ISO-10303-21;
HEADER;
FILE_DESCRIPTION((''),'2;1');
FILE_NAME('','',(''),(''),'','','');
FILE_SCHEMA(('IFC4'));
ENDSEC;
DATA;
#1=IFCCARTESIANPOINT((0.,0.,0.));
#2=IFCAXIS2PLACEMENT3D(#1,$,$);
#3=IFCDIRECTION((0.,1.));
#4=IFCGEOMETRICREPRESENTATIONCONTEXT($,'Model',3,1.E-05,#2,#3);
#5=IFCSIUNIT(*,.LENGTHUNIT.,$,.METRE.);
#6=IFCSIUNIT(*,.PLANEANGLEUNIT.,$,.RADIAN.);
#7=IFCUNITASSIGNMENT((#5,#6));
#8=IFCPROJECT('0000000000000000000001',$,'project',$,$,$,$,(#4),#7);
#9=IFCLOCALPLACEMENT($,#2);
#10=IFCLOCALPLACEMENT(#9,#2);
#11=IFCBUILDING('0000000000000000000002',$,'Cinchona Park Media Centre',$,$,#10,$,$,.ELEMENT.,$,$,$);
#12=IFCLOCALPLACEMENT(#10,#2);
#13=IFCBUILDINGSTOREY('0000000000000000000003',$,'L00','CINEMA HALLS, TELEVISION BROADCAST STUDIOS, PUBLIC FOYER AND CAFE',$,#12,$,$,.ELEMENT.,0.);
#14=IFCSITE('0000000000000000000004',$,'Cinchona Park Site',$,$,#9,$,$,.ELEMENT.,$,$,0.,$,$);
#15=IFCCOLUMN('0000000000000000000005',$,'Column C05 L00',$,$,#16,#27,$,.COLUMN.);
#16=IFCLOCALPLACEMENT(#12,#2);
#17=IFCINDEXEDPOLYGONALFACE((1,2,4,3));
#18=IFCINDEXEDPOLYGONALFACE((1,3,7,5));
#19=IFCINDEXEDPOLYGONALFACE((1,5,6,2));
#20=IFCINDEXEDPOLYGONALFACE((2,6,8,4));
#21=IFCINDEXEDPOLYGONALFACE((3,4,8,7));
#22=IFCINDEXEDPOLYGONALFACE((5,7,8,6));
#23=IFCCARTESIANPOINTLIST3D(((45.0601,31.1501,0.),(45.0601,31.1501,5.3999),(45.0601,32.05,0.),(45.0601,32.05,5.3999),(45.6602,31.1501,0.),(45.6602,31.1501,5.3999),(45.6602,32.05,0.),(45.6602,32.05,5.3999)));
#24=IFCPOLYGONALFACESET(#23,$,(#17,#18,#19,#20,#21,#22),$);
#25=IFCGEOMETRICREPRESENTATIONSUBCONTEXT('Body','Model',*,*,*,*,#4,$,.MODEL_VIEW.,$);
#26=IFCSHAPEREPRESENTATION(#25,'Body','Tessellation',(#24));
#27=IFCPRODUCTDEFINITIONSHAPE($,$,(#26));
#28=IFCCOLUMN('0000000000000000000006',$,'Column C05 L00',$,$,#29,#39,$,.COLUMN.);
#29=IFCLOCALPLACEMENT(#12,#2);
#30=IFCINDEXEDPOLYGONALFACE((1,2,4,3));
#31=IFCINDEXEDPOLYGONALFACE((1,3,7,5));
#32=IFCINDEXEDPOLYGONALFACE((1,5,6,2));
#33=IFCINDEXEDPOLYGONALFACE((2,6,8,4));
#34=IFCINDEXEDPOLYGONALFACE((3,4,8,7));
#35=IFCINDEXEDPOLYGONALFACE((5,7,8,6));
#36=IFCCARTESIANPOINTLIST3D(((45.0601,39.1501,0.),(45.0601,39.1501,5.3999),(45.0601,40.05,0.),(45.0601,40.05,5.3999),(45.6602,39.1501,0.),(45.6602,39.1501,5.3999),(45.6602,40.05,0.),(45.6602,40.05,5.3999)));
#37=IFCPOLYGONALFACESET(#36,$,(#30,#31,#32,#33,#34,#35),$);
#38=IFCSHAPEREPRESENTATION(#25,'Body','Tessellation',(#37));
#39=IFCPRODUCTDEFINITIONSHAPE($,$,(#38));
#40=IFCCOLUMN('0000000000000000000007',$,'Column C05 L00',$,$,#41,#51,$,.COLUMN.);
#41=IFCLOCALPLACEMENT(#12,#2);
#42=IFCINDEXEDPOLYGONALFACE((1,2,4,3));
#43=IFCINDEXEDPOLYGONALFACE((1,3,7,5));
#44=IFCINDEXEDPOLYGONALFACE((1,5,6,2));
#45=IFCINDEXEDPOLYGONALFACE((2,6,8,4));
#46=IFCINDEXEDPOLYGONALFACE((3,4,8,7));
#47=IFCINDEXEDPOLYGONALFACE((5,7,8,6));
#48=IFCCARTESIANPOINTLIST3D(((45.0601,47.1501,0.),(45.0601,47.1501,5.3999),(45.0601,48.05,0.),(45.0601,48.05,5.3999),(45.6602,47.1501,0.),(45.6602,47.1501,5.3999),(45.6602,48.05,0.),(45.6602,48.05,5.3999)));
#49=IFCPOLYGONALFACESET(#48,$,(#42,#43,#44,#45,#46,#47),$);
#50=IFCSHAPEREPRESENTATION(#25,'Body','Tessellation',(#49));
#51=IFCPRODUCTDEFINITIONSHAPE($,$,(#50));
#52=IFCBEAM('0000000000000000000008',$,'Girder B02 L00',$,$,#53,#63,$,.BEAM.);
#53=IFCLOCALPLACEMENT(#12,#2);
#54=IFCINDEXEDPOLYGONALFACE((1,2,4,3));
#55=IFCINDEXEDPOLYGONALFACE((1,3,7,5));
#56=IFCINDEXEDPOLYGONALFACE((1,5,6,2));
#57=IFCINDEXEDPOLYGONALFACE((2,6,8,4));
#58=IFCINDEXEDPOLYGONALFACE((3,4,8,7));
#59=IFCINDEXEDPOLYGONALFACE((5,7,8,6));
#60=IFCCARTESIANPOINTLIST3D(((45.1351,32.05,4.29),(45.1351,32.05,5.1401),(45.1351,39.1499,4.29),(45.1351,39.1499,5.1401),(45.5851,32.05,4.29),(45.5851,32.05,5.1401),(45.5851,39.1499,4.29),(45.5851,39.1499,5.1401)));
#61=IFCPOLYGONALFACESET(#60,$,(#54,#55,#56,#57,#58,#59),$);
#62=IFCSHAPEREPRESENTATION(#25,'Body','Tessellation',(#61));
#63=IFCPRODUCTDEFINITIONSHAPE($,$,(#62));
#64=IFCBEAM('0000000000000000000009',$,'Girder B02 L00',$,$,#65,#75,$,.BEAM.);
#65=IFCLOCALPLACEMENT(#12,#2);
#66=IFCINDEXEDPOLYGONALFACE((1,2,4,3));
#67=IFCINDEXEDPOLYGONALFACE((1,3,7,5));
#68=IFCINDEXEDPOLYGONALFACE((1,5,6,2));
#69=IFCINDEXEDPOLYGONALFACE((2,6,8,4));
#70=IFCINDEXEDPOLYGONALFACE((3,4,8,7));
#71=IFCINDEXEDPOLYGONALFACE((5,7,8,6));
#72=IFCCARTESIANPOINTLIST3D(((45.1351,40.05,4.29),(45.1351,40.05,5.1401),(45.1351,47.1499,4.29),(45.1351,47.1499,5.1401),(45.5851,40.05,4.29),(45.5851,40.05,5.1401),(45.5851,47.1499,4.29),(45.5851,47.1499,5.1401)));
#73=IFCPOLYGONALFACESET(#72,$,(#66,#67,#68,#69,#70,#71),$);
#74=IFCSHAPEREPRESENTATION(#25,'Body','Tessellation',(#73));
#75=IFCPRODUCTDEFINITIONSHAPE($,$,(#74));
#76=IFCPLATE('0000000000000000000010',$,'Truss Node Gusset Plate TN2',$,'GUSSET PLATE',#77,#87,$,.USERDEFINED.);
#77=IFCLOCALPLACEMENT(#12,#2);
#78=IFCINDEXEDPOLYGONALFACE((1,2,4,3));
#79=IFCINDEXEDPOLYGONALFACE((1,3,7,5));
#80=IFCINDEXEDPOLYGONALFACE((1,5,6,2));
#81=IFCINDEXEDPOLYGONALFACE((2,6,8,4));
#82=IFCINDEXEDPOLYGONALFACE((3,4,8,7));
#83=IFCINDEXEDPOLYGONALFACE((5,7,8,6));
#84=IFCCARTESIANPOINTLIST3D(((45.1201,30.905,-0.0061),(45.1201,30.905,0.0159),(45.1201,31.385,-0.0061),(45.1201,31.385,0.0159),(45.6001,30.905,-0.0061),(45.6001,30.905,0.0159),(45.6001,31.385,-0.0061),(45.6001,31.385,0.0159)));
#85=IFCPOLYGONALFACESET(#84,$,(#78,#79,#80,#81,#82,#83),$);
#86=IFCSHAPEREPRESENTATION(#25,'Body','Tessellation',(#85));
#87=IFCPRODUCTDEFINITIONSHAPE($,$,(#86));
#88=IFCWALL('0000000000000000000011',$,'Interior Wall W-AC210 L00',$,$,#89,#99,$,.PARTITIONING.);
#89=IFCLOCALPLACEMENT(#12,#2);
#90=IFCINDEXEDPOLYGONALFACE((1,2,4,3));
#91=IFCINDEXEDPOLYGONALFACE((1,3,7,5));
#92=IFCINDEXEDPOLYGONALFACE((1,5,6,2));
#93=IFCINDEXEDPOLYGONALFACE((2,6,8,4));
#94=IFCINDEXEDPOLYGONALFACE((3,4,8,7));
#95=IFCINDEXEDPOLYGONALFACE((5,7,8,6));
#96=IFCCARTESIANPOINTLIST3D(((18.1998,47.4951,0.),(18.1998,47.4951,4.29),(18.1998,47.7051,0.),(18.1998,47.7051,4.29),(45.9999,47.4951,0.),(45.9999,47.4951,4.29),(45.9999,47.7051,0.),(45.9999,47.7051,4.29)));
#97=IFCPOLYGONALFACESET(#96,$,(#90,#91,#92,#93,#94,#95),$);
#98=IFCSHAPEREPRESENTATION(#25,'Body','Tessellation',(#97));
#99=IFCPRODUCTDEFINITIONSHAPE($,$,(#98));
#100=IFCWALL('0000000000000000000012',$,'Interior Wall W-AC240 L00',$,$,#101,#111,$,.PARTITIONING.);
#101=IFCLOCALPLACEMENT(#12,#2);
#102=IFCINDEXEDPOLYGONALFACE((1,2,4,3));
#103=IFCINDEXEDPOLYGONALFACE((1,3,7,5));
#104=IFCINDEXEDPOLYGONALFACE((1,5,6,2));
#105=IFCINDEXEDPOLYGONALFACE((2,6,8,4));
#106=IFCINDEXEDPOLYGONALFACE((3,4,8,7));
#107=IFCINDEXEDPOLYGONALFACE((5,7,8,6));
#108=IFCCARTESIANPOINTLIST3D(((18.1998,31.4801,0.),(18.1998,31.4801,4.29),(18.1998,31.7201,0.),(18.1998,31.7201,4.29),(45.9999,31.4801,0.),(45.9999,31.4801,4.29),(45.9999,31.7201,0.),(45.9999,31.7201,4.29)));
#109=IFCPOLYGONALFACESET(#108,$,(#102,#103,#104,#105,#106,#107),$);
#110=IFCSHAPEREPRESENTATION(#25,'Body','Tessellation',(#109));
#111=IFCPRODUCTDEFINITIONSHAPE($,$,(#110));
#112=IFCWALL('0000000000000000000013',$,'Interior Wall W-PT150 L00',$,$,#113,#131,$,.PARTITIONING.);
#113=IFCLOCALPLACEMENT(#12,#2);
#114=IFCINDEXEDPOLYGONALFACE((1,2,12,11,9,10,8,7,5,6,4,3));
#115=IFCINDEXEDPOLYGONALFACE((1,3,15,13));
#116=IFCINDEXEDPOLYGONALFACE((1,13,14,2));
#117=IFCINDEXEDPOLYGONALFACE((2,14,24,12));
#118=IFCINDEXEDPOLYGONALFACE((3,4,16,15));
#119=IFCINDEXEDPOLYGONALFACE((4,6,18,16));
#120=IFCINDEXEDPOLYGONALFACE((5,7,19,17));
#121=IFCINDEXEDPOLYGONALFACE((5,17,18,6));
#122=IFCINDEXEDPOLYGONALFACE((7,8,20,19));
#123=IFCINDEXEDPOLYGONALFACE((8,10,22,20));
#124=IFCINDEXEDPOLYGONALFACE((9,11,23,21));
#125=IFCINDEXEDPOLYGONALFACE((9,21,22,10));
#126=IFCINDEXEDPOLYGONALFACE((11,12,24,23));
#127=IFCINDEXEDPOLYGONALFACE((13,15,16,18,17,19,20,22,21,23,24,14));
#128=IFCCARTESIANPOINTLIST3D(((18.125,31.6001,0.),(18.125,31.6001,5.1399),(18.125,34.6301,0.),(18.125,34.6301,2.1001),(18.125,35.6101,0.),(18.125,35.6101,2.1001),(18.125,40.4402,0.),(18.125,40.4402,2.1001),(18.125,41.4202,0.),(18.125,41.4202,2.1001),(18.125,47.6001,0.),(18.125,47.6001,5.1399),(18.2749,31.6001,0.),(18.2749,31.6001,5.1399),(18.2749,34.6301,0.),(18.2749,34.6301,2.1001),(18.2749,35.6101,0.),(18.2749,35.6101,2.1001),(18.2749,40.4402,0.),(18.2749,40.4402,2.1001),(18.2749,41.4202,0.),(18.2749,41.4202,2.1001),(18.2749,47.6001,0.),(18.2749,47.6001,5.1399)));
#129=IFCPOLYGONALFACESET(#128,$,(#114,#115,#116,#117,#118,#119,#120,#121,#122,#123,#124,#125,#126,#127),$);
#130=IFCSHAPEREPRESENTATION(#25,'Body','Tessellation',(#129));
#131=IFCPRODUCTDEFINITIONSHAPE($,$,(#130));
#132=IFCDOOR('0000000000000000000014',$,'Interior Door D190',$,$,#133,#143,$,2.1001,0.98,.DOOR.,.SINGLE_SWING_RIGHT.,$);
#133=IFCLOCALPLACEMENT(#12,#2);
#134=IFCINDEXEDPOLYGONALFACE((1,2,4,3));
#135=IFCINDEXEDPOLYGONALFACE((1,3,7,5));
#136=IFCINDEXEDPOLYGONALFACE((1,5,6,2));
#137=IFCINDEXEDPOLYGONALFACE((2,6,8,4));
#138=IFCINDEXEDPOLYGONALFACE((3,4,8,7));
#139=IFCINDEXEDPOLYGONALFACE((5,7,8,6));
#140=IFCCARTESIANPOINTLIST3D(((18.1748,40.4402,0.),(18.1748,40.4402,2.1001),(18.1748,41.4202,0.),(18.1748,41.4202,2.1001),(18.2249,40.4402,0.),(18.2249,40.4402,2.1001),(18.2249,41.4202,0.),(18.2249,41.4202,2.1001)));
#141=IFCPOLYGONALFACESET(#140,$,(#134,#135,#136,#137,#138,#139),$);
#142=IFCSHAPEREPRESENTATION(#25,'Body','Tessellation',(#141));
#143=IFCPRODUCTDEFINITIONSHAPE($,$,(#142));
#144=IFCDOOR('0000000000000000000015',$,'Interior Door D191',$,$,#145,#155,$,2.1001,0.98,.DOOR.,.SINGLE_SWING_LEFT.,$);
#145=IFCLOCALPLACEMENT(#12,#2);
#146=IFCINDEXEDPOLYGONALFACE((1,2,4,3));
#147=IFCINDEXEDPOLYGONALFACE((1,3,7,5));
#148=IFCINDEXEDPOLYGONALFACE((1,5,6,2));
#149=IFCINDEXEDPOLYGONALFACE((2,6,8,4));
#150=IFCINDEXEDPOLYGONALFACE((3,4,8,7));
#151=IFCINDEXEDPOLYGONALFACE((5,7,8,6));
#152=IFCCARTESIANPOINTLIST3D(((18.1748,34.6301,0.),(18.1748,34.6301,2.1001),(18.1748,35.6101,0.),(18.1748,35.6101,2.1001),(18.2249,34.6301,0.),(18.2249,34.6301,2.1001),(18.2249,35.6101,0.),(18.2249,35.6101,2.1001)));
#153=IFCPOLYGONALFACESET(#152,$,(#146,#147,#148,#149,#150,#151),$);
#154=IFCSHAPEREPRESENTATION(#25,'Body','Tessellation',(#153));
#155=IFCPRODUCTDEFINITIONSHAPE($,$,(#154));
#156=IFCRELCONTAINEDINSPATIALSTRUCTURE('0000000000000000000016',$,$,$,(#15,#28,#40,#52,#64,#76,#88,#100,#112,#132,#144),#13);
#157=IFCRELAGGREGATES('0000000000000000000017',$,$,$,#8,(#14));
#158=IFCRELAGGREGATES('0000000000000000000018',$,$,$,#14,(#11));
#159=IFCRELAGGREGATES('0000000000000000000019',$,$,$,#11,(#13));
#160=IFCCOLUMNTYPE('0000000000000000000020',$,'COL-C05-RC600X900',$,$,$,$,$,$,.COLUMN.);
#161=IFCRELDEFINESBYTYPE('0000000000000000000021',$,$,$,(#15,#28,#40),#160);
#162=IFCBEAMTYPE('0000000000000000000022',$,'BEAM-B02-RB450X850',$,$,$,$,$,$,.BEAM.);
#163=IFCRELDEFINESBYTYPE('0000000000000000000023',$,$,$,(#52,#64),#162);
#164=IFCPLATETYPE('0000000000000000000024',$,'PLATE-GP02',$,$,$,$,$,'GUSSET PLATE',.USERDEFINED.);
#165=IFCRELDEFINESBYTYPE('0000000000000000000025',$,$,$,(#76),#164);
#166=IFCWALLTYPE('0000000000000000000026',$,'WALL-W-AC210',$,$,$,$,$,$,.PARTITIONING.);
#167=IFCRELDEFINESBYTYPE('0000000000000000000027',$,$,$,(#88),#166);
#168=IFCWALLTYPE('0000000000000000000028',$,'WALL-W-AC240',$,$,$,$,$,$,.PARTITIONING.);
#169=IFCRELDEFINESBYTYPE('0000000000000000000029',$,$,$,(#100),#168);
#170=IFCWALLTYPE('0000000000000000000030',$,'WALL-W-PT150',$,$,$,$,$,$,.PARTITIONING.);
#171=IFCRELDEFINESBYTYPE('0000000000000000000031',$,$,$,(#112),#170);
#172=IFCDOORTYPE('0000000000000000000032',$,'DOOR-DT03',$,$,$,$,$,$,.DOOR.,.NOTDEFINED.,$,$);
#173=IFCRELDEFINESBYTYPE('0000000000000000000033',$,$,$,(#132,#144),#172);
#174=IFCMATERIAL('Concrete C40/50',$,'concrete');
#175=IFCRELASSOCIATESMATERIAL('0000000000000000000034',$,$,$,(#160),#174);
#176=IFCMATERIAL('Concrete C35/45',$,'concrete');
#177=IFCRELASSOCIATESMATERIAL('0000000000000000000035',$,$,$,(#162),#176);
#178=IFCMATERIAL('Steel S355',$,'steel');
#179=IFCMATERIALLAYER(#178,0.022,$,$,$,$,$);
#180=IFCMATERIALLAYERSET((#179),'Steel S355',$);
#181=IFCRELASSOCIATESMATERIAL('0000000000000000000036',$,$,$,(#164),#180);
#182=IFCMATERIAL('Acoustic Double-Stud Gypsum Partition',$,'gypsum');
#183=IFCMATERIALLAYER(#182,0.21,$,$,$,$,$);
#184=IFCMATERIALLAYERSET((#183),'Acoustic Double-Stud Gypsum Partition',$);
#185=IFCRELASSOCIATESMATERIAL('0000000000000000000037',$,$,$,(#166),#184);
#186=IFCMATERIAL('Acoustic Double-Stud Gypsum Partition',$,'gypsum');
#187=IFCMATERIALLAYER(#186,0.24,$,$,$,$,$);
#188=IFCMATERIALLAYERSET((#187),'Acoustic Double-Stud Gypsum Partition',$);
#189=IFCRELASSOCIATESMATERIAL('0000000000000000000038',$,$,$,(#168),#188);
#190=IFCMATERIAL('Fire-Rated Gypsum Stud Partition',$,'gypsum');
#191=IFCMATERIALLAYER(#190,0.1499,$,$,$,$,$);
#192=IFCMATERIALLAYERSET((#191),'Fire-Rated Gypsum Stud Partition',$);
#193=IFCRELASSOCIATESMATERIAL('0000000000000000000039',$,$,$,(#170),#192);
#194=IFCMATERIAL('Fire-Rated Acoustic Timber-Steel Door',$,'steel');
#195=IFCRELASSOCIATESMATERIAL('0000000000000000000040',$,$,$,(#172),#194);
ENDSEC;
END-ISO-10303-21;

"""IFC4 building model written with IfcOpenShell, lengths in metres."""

from ifc_helpers import new_model, si_unit, direction, frame, frame_2d, origin, origin_2d, place, context, subcontext, project, spatial, rectangle, extrude, material, layer, layer_set, material_profile, profile_set, type_object, element, fill, save


model = new_model("IFC4")

# Units and contexts
model_context = context("Model", 3, precision=1e-05, world=origin(), true_north=direction((0.0, 1.0)))
body_context = subcontext(model_context, "Body", "Model", "MODEL_VIEW")
ifc_project = project(units=[si_unit("LENGTHUNIT", "METRE"), si_unit("PLANEANGLEUNIT", "RADIAN")], contexts=[model_context])

# Site, building, storey
site_placement = place(None, origin())
site = spatial("IfcSite", under=ifc_project, at=site_placement, Name="Cinchona Park Site", CompositionType="ELEMENT", RefElevation=0.0)
building_placement = place(site_placement, origin())
building = spatial("IfcBuilding", under=site, at=building_placement, Name="Cinchona Park Media Centre", CompositionType="ELEMENT")
storey_placement = place(building_placement, origin())
storey = spatial("IfcBuildingStorey", under=building, at=storey_placement, Name="L00", Description="CINEMA HALLS, TELEVISION BROADCAST STUDIOS, PUBLIC FOYER AND CAFE", CompositionType="ELEMENT", Elevation=0.0)

# Columns
ifc_material_1 = material(Name="Concrete C40/50", Category="concrete")
ifc_material_profile_1 = material_profile(ifc_material_1, rectangle(XDim=0.6001, YDim=0.8999, at=origin_2d()), Name="RC 600X900")
ifc_profile_set_1 = profile_set([ifc_material_profile_1], Name="Concrete C40/50")
column_type = type_object("IfcColumnType", Name="COL-C05-RC600X900", PredefinedType="COLUMN", material=ifc_profile_set_1)
for number, where, z_axis, x_axis, name in (
    (1, (45.3601, 31.6001, 0.0), (0.0, 0.0, 1.0), (1.0, 0.0, 0.0), "Column C05 L00"),
    (2, (45.3601, 39.6001, 0.0), (0.0, 0.0, 1.0), (1.0, 0.0, 0.0), "Column C05 L00"),
    (3, (45.3601, 47.6001, 0.0), (0.0, 0.0, 1.0), (1.0, 0.0, 0.0), "Column C05 L00"),
):
    element("IfcColumn", number, at=place(storey_placement, frame(where, z_axis=z_axis, x_axis=x_axis)), inside=storey, type_object=column_type, Name=name, PredefinedType="COLUMN", context=body_context, shape_type="SweptSolid", body=[
        extrude(rectangle(XDim=0.6001, YDim=0.8999, at=origin_2d()), origin(), (0.0, 0.0, 1.0), 5.3999),
    ])

# Beams
ifc_material_2 = material(Name="Concrete C35/45", Category="concrete")
ifc_material_profile_2 = material_profile(ifc_material_2, rectangle(XDim=0.45, YDim=0.8501, at=origin_2d()), Name="RB 450X850")
ifc_profile_set_2 = profile_set([ifc_material_profile_2], Name="Concrete C35/45")
beam_type = type_object("IfcBeamType", Name="BEAM-B02-RB450X850", PredefinedType="BEAM", material=ifc_profile_set_2)
for number, where, z_axis, x_axis, name in (
    (4, (45.3601, 32.05, 4.7151), (0.0, 1.0, 0.0), (-1.0, 0.0, 0.0), "Girder B02 L00"),
    (5, (45.3601, 40.05, 4.7151), (0.0, 1.0, 0.0), (-1.0, 0.0, 0.0), "Girder B02 L00"),
):
    element("IfcBeam", number, at=place(storey_placement, frame(where, z_axis=z_axis, x_axis=x_axis)), inside=storey, type_object=beam_type, Name=name, PredefinedType="BEAM", context=body_context, shape_type="SweptSolid", body=[
        extrude(rectangle(XDim=0.45, YDim=0.8501, at=origin_2d()), origin(), (0.0, 0.0, 1.0), 7.0999),
    ])

# Plate
ifc_material_3 = material(Name="Steel S355", Category="steel")
ifc_layer_1 = layer(ifc_material_3, 0.022)
ifc_layer_set_1 = layer_set([ifc_layer_1], Name="Steel S355")
plate_type = type_object("IfcPlateType", Name="PLATE-GP02", ElementType="GUSSET PLATE", PredefinedType="USERDEFINED", material=ifc_layer_set_1)
plate_placement = place(storey_placement, frame((45.3601, 31.145, -0.0061), z_axis=(0.0, 0.0, 1.0), x_axis=(1.0, 0.0, 0.0)))
element("IfcPlate", 6, at=plate_placement, inside=storey, type_object=plate_type, Name="Truss Node Gusset Plate TN2", ObjectType="GUSSET PLATE", PredefinedType="USERDEFINED", context=body_context, shape_type="SweptSolid", body=[
    extrude(rectangle(XDim=0.48, YDim=0.48, at=origin_2d()), origin(), (0.0, 0.0, 1.0), 0.022),
])

# Walls
ifc_material_4 = material(Name="Acoustic Double-Stud Gypsum Partition", Category="gypsum")
ifc_layer_2 = layer(ifc_material_4, 0.21)
ifc_layer_set_2 = layer_set([ifc_layer_2], Name="Acoustic Double-Stud Gypsum Partition")
wall_type_1 = type_object("IfcWallType", Name="WALL-W-AC210", PredefinedType="PARTITIONING", material=ifc_layer_set_2)
wall_1_placement = place(storey_placement, frame((18.2, 47.6001, 0.0), z_axis=(0.0, 0.0, 1.0), x_axis=(1.0, 0.0, 0.0)))
element("IfcWall", 7, at=wall_1_placement, inside=storey, type_object=wall_type_1, Name="Interior Wall W-AC210 L00", PredefinedType="PARTITIONING", context=body_context, shape_type="SweptSolid", body=[
    extrude(rectangle(XDim=27.8, YDim=0.21, at=frame_2d((13.8999, 0.0))), origin(), (0.0, 0.0, 1.0), 4.29),
])
ifc_material_5 = material(Name="Acoustic Double-Stud Gypsum Partition", Category="gypsum")
ifc_layer_3 = layer(ifc_material_5, 0.24)
ifc_layer_set_3 = layer_set([ifc_layer_3], Name="Acoustic Double-Stud Gypsum Partition")
wall_type_2 = type_object("IfcWallType", Name="WALL-W-AC240", PredefinedType="PARTITIONING", material=ifc_layer_set_3)
wall_2_placement = place(storey_placement, frame((18.2, 31.6001, 0.0), z_axis=(0.0, 0.0, 1.0), x_axis=(1.0, 0.0, 0.0)))
element("IfcWall", 8, at=wall_2_placement, inside=storey, type_object=wall_type_2, Name="Interior Wall W-AC240 L00", PredefinedType="PARTITIONING", context=body_context, shape_type="SweptSolid", body=[
    extrude(rectangle(XDim=27.8, YDim=0.24, at=frame_2d((13.8999, 0.0))), origin(), (0.0, 0.0, 1.0), 4.29),
])

# Wall, openings, doors
ifc_material_6 = material(Name="Fire-Rated Gypsum Stud Partition", Category="gypsum")
ifc_layer_4 = layer(ifc_material_6, 0.1499)
ifc_layer_set_4 = layer_set([ifc_layer_4], Name="Fire-Rated Gypsum Stud Partition")
wall_type_3 = type_object("IfcWallType", Name="WALL-W-PT150", PredefinedType="PARTITIONING", material=ifc_layer_set_4)
wall_3_placement = place(storey_placement, frame((18.2, 47.6001, 0.0), z_axis=(0.0, 0.0, 1.0), x_axis=(0.0, -1.0, 0.0)))
wall_3 = element("IfcWall", 9, at=wall_3_placement, inside=storey, type_object=wall_type_3, Name="Interior Wall W-PT150 L00", PredefinedType="PARTITIONING", context=body_context, shape_type="SweptSolid", body=[
    extrude(rectangle(XDim=16.0, YDim=0.1499, at=frame_2d((8.0, 0.0))), origin(), (0.0, 0.0, 1.0), 5.1399),
])
opening_1_placement = place(wall_3_placement, frame((6.1799, 0.0, 0.0)))
opening_1 = element("IfcOpeningElement", 10, at=opening_1_placement, cuts=wall_3, PredefinedType="OPENING", context=body_context, shape_type="SweptSolid", body=[
    extrude(rectangle(XDim=0.98, YDim=2.1001, at=frame_2d((0.49, 1.05))), frame((0.0, 0.085, 0.0), z_axis=(0.0, -1.0, 0.0), x_axis=(1.0, 0.0, 0.0)), (0.0, 0.0, 1.0), 0.1699),
])
opening_2_placement = place(wall_3_placement, frame((11.99, 0.0, 0.0)))
opening_2 = element("IfcOpeningElement", 11, at=opening_2_placement, cuts=wall_3, PredefinedType="OPENING", context=body_context, shape_type="SweptSolid", body=[
    extrude(rectangle(XDim=0.98, YDim=2.1001, at=frame_2d((0.49, 1.05))), frame((0.0, 0.085, 0.0), z_axis=(0.0, -1.0, 0.0), x_axis=(1.0, 0.0, 0.0)), (0.0, 0.0, 1.0), 0.1699),
])
ifc_material_7 = material(Name="Fire-Rated Acoustic Timber-Steel Door", Category="steel")
door_type_1 = type_object("IfcDoorType", Name="DOOR-DT03", OperationType="NOTDEFINED", PredefinedType="DOOR", material=ifc_material_7)
door_1_placement = place(opening_1_placement, origin())
door_1 = element("IfcDoor", 12, at=door_1_placement, inside=storey, type_object=door_type_1, Name="Interior Door D190", OperationType="SINGLE_SWING_RIGHT", OverallHeight=2.1001, OverallWidth=0.98, PredefinedType="DOOR", context=body_context, shape_type="SweptSolid", body=[
    extrude(rectangle(XDim=0.98, YDim=2.1001, at=frame_2d((0.49, 1.05))), frame((0.0, 0.0249, 0.0), z_axis=(0.0, -1.0, 0.0), x_axis=(1.0, 0.0, 0.0)), (0.0, 0.0, 1.0), 0.05),
])
fill(opening_1, door_1)
door_2_placement = place(opening_2_placement, origin())
door_2 = element("IfcDoor", 13, at=door_2_placement, inside=storey, type_object=door_type_1, Name="Interior Door D191", OperationType="SINGLE_SWING_LEFT", OverallHeight=2.1001, OverallWidth=0.98, PredefinedType="DOOR", context=body_context, shape_type="SweptSolid", body=[
    extrude(rectangle(XDim=0.98, YDim=2.1001, at=frame_2d((0.49, 1.05))), frame((0.0, 0.0249, 0.0), z_axis=(0.0, -1.0, 0.0), x_axis=(1.0, 0.0, 0.0)), (0.0, 0.0, 1.0), 0.05),
])
fill(opening_2, door_2)

save(model, "model.ifc")
